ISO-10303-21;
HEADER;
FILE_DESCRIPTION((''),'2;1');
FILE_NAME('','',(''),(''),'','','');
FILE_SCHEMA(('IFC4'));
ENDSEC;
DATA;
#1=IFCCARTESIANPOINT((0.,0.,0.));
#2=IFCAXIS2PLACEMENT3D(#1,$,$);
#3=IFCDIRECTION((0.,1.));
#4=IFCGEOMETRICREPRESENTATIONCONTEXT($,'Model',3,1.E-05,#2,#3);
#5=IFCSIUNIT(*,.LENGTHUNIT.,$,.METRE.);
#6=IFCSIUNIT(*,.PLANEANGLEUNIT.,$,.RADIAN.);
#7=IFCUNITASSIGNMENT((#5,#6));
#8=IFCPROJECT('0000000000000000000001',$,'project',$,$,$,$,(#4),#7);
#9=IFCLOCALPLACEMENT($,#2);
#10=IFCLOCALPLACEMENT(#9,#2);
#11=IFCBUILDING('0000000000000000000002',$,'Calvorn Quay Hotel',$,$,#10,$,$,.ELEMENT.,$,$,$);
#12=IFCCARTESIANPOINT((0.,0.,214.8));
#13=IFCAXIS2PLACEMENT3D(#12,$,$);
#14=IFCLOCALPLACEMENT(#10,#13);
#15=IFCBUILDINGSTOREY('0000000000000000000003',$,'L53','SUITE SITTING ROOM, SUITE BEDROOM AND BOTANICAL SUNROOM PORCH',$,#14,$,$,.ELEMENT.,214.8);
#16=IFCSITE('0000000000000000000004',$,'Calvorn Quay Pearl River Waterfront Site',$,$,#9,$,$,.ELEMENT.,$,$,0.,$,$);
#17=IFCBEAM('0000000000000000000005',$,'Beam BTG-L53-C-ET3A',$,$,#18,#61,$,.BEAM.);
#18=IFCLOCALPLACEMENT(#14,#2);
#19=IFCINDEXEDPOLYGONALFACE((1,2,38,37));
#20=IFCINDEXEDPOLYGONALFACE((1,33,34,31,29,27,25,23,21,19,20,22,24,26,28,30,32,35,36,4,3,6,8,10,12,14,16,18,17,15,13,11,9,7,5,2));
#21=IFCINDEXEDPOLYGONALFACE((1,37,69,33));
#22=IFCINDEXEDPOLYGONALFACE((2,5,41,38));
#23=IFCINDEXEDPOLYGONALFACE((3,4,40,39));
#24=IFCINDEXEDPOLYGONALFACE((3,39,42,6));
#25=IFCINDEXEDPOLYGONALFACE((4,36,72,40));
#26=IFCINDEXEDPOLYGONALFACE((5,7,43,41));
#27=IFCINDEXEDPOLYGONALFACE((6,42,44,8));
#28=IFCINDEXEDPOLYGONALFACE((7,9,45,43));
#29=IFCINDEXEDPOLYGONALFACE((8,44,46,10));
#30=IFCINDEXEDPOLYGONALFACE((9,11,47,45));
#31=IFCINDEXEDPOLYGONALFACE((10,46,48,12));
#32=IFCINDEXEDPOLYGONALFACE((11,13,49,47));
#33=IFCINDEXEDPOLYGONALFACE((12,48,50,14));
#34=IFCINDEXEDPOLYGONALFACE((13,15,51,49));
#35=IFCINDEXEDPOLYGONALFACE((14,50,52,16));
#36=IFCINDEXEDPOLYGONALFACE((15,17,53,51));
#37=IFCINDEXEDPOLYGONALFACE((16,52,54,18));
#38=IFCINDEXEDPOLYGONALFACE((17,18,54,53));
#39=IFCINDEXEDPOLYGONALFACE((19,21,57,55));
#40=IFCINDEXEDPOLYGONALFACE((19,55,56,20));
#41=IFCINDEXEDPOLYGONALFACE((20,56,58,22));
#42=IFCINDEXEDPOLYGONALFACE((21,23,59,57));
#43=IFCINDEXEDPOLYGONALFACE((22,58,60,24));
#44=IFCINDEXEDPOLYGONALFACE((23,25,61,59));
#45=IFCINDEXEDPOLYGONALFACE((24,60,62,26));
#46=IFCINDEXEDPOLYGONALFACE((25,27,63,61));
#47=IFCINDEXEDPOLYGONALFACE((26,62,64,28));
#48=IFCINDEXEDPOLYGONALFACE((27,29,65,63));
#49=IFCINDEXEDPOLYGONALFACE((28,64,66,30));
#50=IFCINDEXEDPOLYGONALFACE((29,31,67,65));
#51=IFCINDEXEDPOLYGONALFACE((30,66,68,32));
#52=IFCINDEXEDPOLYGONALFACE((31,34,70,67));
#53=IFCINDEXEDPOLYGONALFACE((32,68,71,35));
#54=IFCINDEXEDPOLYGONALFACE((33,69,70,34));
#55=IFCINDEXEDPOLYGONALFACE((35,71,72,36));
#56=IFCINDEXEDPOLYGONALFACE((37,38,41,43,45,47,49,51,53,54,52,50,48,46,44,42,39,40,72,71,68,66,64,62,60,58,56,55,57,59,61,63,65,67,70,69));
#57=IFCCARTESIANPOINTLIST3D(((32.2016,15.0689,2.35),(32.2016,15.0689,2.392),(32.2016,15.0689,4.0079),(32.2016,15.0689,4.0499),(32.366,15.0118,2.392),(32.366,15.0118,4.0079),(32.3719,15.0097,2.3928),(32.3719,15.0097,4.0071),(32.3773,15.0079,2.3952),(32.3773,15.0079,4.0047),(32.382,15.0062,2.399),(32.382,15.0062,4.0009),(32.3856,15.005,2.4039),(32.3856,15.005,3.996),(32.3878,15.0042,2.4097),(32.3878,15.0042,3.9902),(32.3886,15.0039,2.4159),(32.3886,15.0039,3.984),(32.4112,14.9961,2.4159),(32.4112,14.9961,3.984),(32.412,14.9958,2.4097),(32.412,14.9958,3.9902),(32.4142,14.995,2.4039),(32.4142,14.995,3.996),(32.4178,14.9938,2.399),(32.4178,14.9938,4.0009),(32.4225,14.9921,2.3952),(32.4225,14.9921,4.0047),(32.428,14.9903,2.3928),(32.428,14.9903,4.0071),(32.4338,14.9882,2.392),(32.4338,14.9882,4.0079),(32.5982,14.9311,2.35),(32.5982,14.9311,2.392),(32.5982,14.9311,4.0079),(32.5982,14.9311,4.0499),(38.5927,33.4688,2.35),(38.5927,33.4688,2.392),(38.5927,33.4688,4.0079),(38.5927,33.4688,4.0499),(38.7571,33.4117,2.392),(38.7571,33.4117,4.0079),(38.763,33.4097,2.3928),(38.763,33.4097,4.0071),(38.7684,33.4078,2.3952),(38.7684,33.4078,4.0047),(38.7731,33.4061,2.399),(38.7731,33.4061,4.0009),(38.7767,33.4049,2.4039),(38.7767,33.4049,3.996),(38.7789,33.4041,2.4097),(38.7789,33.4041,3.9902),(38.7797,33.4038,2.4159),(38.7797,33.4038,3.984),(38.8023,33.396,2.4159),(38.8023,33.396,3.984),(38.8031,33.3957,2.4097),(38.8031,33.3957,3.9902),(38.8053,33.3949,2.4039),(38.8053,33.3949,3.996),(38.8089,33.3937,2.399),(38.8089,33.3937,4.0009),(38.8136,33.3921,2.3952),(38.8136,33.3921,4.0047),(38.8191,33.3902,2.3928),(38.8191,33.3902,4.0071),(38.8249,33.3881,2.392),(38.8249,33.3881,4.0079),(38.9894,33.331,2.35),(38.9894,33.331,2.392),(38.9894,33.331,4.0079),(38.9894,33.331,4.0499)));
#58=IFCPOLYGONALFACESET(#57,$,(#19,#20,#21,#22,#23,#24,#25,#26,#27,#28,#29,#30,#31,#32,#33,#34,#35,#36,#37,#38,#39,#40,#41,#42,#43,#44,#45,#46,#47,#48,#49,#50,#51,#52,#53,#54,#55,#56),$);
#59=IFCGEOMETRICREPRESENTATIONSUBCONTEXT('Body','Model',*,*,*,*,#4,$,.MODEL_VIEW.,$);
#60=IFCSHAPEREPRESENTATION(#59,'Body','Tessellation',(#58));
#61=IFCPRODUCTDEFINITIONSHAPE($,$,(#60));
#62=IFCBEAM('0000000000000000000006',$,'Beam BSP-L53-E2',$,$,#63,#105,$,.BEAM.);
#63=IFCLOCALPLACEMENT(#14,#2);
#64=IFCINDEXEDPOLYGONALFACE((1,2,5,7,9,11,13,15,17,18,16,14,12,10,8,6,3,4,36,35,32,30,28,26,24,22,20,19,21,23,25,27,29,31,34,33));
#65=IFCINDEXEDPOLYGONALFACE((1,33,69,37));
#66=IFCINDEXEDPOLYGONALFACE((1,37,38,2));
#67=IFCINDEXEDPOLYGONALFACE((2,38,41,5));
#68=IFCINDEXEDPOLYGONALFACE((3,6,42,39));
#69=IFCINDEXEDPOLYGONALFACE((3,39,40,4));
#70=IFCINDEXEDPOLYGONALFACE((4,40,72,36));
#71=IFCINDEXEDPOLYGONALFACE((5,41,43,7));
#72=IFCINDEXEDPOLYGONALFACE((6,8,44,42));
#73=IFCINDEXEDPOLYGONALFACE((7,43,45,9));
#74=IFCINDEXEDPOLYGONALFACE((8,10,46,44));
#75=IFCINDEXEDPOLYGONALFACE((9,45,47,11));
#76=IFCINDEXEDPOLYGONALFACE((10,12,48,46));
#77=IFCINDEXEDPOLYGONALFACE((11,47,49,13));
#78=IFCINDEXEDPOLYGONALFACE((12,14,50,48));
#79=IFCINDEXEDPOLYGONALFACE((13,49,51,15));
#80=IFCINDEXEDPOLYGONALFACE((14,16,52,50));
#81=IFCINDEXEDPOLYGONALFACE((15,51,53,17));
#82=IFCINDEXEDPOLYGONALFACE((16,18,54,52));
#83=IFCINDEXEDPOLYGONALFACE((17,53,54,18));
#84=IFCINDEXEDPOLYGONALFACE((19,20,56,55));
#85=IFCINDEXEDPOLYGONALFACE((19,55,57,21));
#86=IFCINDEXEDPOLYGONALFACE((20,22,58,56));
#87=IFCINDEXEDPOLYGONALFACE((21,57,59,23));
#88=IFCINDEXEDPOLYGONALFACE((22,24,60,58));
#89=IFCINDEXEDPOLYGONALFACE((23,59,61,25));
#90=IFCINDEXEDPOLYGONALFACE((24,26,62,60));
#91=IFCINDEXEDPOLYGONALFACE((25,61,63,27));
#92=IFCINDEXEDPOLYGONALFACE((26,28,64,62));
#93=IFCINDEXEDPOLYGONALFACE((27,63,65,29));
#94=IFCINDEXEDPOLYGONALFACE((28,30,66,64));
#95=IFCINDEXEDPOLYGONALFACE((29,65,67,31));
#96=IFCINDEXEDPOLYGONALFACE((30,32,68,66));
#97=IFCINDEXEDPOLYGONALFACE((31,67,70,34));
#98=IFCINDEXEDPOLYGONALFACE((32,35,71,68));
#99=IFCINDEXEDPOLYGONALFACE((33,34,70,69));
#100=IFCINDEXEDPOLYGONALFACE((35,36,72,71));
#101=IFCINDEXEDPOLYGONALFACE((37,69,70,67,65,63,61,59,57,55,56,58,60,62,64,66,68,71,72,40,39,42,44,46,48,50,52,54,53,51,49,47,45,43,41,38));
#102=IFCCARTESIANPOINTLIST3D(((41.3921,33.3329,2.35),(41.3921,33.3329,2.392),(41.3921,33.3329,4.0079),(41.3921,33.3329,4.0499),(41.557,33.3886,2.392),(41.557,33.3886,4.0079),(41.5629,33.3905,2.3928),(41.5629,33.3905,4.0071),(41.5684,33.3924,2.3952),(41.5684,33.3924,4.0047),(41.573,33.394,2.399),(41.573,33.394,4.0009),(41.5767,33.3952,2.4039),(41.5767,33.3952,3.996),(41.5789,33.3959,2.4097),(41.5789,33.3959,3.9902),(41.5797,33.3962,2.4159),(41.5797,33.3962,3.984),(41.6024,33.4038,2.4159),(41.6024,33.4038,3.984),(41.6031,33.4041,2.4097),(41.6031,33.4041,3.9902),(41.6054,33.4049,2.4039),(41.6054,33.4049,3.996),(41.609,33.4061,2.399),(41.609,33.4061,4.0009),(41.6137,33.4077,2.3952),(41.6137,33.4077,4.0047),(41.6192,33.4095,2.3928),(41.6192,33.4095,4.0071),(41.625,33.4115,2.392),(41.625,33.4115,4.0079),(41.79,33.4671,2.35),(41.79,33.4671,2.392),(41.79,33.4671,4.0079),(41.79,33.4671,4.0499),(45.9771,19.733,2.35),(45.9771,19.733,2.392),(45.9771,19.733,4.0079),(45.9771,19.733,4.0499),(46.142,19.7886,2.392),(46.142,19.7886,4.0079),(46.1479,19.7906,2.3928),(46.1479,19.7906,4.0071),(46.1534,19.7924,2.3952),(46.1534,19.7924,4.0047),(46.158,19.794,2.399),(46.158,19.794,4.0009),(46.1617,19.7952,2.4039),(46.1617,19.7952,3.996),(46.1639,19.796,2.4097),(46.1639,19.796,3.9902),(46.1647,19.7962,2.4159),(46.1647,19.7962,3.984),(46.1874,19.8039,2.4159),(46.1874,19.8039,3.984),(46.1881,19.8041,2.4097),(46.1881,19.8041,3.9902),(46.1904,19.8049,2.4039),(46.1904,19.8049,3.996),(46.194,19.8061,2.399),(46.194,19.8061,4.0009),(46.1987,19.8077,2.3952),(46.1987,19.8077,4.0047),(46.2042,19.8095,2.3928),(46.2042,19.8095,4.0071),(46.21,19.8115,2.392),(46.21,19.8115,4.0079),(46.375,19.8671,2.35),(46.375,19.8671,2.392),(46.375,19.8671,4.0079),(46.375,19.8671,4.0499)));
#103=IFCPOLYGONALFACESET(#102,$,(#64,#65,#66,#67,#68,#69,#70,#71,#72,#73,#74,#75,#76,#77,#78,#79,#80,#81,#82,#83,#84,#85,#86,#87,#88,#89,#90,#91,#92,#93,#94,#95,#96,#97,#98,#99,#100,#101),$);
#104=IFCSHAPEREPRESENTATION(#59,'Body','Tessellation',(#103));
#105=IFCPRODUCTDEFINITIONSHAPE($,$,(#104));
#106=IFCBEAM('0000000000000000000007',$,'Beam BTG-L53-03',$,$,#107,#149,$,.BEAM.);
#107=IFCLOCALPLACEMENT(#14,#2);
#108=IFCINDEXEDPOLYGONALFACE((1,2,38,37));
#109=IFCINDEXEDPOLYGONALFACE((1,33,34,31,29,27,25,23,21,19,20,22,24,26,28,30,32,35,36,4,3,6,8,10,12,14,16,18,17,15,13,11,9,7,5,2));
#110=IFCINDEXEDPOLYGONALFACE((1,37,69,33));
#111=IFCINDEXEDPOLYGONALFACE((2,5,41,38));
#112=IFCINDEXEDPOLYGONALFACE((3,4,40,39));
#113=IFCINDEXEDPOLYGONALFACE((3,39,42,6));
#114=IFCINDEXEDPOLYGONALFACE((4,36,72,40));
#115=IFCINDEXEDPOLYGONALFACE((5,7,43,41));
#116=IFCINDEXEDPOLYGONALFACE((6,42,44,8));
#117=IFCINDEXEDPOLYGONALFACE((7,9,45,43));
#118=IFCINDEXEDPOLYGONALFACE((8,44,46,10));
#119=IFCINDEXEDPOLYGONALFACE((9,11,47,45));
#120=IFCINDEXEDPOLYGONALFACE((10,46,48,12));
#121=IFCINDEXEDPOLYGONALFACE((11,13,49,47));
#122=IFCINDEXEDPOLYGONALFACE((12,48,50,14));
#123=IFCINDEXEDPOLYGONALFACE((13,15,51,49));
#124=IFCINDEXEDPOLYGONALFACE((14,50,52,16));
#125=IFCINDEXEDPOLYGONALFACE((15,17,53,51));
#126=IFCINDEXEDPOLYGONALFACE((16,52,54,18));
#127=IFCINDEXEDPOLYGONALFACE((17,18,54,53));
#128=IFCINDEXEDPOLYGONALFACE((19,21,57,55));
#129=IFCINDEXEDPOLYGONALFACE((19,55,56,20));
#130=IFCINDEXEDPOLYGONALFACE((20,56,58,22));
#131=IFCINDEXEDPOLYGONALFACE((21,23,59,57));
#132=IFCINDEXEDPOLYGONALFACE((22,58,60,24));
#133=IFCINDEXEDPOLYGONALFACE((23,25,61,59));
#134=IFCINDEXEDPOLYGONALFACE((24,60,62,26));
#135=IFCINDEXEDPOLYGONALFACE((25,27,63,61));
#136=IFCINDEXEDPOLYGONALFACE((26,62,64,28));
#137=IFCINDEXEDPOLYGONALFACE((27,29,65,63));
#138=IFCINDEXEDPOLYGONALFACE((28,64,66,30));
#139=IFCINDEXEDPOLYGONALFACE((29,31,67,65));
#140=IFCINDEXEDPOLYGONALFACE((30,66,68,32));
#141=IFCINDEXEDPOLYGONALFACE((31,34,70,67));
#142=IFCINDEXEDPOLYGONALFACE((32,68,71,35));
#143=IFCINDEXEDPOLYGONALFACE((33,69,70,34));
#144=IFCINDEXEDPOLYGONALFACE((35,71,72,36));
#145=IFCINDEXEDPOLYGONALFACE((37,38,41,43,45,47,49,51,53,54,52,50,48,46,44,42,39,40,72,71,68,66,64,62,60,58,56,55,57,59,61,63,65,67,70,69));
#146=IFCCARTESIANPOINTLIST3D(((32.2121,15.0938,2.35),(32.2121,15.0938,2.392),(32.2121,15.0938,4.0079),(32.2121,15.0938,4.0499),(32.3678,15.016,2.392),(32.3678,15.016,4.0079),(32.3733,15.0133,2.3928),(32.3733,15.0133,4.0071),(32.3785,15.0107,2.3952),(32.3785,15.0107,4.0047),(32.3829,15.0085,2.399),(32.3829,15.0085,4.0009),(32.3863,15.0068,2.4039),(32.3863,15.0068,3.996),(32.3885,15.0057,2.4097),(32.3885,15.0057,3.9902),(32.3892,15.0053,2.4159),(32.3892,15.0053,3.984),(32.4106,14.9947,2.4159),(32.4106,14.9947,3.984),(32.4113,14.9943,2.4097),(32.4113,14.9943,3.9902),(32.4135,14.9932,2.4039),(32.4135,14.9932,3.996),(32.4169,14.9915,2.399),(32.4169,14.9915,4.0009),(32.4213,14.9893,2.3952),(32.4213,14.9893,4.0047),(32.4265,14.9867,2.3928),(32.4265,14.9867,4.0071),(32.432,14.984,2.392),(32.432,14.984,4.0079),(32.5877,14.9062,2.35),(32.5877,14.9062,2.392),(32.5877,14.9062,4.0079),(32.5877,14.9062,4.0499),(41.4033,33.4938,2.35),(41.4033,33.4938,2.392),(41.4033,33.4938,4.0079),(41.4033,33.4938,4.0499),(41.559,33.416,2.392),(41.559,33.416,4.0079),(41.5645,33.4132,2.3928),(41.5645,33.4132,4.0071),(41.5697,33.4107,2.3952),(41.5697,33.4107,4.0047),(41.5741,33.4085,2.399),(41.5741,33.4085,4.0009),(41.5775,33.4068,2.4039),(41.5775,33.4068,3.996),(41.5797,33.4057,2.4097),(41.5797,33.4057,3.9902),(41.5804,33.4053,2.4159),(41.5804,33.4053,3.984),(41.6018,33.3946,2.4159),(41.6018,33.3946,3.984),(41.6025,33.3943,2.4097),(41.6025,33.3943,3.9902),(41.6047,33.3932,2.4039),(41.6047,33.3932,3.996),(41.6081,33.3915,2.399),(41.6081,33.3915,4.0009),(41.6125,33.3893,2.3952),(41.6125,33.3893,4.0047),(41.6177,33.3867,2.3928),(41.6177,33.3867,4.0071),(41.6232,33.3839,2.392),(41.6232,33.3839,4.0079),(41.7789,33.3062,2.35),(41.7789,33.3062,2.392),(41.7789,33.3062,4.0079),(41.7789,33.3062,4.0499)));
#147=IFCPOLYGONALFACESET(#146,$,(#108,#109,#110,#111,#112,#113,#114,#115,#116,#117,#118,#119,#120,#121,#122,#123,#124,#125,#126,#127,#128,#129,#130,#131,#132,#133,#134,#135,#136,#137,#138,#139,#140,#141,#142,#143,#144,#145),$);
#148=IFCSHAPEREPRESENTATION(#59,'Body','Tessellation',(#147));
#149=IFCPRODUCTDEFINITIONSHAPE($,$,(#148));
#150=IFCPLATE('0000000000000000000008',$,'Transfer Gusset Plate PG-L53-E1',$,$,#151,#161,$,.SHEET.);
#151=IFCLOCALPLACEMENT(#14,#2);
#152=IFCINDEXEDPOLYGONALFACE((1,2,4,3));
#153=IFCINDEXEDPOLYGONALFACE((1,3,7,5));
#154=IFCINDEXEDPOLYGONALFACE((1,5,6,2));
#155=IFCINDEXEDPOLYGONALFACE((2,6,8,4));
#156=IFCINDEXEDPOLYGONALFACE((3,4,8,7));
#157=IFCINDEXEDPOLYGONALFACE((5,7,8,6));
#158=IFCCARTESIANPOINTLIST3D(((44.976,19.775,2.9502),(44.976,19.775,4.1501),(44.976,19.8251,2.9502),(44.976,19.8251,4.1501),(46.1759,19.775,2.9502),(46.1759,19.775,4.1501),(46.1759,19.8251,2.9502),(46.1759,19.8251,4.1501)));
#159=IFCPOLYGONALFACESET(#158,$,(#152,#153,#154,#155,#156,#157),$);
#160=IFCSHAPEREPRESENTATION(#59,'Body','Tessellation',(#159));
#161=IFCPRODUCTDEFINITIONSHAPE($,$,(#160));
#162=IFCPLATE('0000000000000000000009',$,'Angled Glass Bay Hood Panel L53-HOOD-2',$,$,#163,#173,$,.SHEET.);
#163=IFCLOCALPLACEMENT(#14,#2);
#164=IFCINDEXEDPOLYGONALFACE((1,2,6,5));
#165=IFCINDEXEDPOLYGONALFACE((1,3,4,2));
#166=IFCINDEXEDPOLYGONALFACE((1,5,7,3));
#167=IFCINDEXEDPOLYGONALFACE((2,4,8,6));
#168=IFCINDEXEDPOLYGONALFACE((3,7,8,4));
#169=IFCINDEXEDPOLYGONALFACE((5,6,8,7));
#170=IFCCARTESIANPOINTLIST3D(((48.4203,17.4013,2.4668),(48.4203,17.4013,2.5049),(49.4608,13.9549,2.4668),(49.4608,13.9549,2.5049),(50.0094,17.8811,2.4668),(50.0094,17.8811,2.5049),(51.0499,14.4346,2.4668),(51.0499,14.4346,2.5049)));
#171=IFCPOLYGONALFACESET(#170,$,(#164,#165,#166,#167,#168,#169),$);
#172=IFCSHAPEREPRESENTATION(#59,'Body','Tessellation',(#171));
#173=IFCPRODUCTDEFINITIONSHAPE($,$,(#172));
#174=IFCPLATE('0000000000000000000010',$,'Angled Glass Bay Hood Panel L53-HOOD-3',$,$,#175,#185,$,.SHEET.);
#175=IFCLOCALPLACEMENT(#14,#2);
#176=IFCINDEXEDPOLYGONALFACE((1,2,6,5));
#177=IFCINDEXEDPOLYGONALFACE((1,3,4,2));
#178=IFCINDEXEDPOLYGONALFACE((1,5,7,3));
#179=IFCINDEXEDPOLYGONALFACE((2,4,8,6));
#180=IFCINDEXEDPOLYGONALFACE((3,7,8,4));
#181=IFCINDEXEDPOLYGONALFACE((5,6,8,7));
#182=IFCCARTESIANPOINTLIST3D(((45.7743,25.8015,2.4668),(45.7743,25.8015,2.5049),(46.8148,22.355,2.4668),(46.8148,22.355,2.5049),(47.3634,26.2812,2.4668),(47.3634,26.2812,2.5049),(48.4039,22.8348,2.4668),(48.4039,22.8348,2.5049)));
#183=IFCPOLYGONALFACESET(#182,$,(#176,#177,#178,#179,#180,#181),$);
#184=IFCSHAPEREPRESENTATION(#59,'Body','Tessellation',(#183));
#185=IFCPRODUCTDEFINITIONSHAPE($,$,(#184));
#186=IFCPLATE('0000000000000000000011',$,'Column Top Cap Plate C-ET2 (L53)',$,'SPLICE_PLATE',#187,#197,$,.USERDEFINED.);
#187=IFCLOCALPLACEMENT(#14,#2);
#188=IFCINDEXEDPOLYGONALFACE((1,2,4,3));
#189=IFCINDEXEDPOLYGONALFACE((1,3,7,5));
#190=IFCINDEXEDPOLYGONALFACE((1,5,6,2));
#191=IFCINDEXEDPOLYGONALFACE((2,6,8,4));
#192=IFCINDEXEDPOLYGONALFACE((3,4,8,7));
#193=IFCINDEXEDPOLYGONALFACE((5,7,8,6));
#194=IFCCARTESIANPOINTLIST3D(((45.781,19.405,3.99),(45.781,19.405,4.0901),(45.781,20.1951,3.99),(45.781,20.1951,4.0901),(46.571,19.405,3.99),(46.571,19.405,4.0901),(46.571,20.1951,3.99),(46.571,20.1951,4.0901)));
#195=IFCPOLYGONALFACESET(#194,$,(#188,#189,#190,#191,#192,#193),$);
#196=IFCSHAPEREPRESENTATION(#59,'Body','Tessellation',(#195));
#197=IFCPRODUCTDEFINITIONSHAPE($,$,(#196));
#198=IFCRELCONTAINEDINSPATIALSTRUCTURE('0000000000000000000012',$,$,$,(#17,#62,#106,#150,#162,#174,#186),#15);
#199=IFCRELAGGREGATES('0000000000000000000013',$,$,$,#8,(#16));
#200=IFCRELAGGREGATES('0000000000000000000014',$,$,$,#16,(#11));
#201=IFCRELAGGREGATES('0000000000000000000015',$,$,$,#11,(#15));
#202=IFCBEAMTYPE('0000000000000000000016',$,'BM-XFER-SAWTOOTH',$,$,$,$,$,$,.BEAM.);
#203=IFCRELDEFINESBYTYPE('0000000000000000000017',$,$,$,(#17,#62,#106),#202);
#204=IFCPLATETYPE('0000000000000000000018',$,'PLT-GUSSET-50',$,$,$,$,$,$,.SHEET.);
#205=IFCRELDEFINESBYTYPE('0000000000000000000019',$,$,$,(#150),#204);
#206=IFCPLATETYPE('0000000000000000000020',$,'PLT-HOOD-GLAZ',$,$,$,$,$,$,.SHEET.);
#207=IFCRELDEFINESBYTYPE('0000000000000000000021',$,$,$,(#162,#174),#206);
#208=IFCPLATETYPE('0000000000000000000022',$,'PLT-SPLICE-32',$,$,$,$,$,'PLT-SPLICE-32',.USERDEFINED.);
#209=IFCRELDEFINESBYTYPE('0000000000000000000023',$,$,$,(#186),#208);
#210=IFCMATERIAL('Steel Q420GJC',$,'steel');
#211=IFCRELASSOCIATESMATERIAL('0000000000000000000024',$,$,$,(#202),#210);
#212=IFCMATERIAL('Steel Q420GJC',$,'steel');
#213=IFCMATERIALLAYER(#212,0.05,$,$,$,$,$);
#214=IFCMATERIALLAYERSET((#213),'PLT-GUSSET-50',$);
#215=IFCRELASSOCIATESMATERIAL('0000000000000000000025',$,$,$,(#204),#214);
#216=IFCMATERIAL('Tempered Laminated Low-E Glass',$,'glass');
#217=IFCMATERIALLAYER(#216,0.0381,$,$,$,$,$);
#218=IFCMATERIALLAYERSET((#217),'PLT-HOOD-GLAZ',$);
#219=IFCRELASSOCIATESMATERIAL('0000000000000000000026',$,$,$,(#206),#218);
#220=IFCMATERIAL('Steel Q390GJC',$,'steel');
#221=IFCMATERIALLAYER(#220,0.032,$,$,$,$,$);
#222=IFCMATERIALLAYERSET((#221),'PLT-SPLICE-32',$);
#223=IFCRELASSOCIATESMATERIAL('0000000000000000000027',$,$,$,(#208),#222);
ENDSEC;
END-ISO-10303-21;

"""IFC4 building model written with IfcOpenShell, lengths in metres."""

from ifc_helpers import new_model, si_unit, direction, frame, origin, origin_2d, place, context, subcontext, project, spatial, rectangle, i_section, extrude, material, layer, layer_set, material_profile, profile_set, type_object, element, save


model = new_model("IFC4")

# Units and contexts
model_context = context("Model", 3, precision=1e-05, world=origin(), true_north=direction((0.0, 1.0)))
body_context = subcontext(model_context, "Body", "Model", "MODEL_VIEW")
ifc_project = project(units=[si_unit("LENGTHUNIT", "METRE"), si_unit("PLANEANGLEUNIT", "RADIAN")], contexts=[model_context])

# Site, building, storey
site_placement = place(None, origin())
site = spatial("IfcSite", under=ifc_project, at=site_placement, Name="Calvorn Quay Pearl River Waterfront Site", CompositionType="ELEMENT", RefElevation=0.0)
building_placement = place(site_placement, origin())
building = spatial("IfcBuilding", under=site, at=building_placement, Name="Calvorn Quay Hotel", CompositionType="ELEMENT")
storey_placement = place(building_placement, frame((0.0, 0.0, 214.8)))
storey = spatial("IfcBuildingStorey", under=building, at=storey_placement, Name="L53", Description="SUITE SITTING ROOM, SUITE BEDROOM AND BOTANICAL SUNROOM PORCH", CompositionType="ELEMENT", Elevation=214.8)

# Beams
ifc_material_1 = material(Name="Steel Q420GJC", Category="steel")
ifc_material_profile_1 = material_profile(ifc_material_1, i_section(OverallWidth=0.4199, OverallDepth=1.7, WebThickness=0.0239, FlangeThickness=0.042, FilletRadius=0.0239, at=origin_2d()), Name="HN1700x420x24x42")
ifc_profile_set_1 = profile_set([ifc_material_profile_1], Name="Steel Q420GJC")
beam_type_1 = type_object("IfcBeamType", Name="BM-XFER-SAWTOOTH", PredefinedType="BEAM", material=ifc_profile_set_1)
beam_1_placement = place(storey_placement, frame((32.3999, 15.0, 3.2), z_axis=(0.328115, 0.944638, 0.0), x_axis=(-0.944638, 0.328115, 0.0)))
element("IfcBeam", 1, at=beam_1_placement, inside=storey, type_object=beam_type_1, Name="Beam BTG-L53-C-ET3A", PredefinedType="BEAM", context=body_context, shape_type="SweptSolid", body=[
    extrude(i_section(OverallWidth=0.4199, OverallDepth=1.7, WebThickness=0.0239, FlangeThickness=0.042, FilletRadius=0.0239, at=origin_2d()), origin(), (0.0, 0.0, 1.0), 19.4783),
])
beam_2_placement = place(storey_placement, frame((46.176, 19.8, 3.2), z_axis=(-0.319467, 0.947598, 0.0), x_axis=(-0.947598, -0.319467, 0.0)))
element("IfcBeam", 2, at=beam_2_placement, inside=storey, type_object=beam_type_1, Name="Beam BSP-L53-E2", PredefinedType="BEAM", context=body_context, shape_type="SweptSolid", body=[
    extrude(i_section(OverallWidth=0.4199, OverallDepth=1.7, WebThickness=0.0239, FlangeThickness=0.042, FilletRadius=0.0239, at=origin_2d()), origin(), (0.0, 0.0, 1.0), 14.3521),
])
beam_3_placement = place(storey_placement, frame((32.3999, 15.0, 3.2), z_axis=(0.446872, 0.894598, 0.0), x_axis=(-0.894598, 0.446872, 0.0)))
element("IfcBeam", 3, at=beam_3_placement, inside=storey, type_object=beam_type_1, Name="Beam BTG-L53-03", PredefinedType="BEAM", context=body_context, shape_type="SweptSolid", body=[
    extrude(i_section(OverallWidth=0.4199, OverallDepth=1.7, WebThickness=0.0239, FlangeThickness=0.042, FilletRadius=0.0239, at=origin_2d()), origin(), (0.0, 0.0, 1.0), 20.5679),
])

# Plates
ifc_material_2 = material(Name="Steel Q420GJC", Category="steel")
ifc_layer_1 = layer(ifc_material_2, 0.05)
ifc_layer_set_1 = layer_set([ifc_layer_1], Name="PLT-GUSSET-50")
plate_type_1 = type_object("IfcPlateType", Name="PLT-GUSSET-50", PredefinedType="SHEET", material=ifc_layer_set_1)
plate_1_placement = place(storey_placement, frame((45.5759, 19.8, 2.9502), z_axis=(0.0, 0.0, 1.0), x_axis=(1.0, 0.0, 0.0)))
element("IfcPlate", 4, at=plate_1_placement, inside=storey, type_object=plate_type_1, Name="Transfer Gusset Plate PG-L53-E1", PredefinedType="SHEET", context=body_context, shape_type="SweptSolid", body=[
    extrude(rectangle(XDim=1.2, YDim=0.05, at=origin_2d()), origin(), (0.0, 0.0, 1.0), 1.2),
])
ifc_material_3 = material(Name="Tempered Laminated Low-E Glass", Category="glass")
ifc_layer_2 = layer(ifc_material_3, 0.0381)
ifc_layer_set_2 = layer_set([ifc_layer_2], Name="PLT-HOOD-GLAZ")
plate_type_2 = type_object("IfcPlateType", Name="PLT-HOOD-GLAZ", PredefinedType="SHEET", material=ifc_layer_set_2)
for number, where, z_axis, x_axis, name in (
    (5, (49.7351, 15.918, 2.4668), (0.0, 0.0, 1.0), (0.957319, 0.289032, 0.0), "Angled Glass Bay Hood Panel L53-HOOD-2"),
    (6, (47.0891, 24.3181, 2.4668), (0.0, 0.0, 1.0), (0.957319, 0.289032, 0.0), "Angled Glass Bay Hood Panel L53-HOOD-3"),
):
    element("IfcPlate", number, at=place(storey_placement, frame(where, z_axis=z_axis, x_axis=x_axis)), inside=storey, type_object=plate_type_2, Name=name, PredefinedType="SHEET", context=body_context, shape_type="SweptSolid", body=[
        extrude(rectangle(XDim=1.6599, YDim=3.6001, at=origin_2d()), origin(), (0.0, 0.0, 1.0), 0.0381),
    ])
ifc_material_4 = material(Name="Steel Q390GJC", Category="steel")
ifc_layer_3 = layer(ifc_material_4, 0.032)
ifc_layer_set_3 = layer_set([ifc_layer_3], Name="PLT-SPLICE-32")
plate_type_3 = type_object("IfcPlateType", Name="PLT-SPLICE-32", ElementType="PLT-SPLICE-32", PredefinedType="USERDEFINED", material=ifc_layer_set_3)
plate_2_placement = place(storey_placement, frame((46.176, 19.8, 3.99), z_axis=(0.0, 0.0, 1.0), x_axis=(1.0, 0.0, 0.0)))
element("IfcPlate", 7, at=plate_2_placement, inside=storey, type_object=plate_type_3, Name="Column Top Cap Plate C-ET2 (L53)", ObjectType="SPLICE_PLATE", PredefinedType="USERDEFINED", context=body_context, shape_type="SweptSolid", body=[
    extrude(rectangle(XDim=0.79, YDim=0.79, at=origin_2d()), origin(), (0.0, 0.0, 1.0), 0.1001),
])

save(model, "model.ifc")
